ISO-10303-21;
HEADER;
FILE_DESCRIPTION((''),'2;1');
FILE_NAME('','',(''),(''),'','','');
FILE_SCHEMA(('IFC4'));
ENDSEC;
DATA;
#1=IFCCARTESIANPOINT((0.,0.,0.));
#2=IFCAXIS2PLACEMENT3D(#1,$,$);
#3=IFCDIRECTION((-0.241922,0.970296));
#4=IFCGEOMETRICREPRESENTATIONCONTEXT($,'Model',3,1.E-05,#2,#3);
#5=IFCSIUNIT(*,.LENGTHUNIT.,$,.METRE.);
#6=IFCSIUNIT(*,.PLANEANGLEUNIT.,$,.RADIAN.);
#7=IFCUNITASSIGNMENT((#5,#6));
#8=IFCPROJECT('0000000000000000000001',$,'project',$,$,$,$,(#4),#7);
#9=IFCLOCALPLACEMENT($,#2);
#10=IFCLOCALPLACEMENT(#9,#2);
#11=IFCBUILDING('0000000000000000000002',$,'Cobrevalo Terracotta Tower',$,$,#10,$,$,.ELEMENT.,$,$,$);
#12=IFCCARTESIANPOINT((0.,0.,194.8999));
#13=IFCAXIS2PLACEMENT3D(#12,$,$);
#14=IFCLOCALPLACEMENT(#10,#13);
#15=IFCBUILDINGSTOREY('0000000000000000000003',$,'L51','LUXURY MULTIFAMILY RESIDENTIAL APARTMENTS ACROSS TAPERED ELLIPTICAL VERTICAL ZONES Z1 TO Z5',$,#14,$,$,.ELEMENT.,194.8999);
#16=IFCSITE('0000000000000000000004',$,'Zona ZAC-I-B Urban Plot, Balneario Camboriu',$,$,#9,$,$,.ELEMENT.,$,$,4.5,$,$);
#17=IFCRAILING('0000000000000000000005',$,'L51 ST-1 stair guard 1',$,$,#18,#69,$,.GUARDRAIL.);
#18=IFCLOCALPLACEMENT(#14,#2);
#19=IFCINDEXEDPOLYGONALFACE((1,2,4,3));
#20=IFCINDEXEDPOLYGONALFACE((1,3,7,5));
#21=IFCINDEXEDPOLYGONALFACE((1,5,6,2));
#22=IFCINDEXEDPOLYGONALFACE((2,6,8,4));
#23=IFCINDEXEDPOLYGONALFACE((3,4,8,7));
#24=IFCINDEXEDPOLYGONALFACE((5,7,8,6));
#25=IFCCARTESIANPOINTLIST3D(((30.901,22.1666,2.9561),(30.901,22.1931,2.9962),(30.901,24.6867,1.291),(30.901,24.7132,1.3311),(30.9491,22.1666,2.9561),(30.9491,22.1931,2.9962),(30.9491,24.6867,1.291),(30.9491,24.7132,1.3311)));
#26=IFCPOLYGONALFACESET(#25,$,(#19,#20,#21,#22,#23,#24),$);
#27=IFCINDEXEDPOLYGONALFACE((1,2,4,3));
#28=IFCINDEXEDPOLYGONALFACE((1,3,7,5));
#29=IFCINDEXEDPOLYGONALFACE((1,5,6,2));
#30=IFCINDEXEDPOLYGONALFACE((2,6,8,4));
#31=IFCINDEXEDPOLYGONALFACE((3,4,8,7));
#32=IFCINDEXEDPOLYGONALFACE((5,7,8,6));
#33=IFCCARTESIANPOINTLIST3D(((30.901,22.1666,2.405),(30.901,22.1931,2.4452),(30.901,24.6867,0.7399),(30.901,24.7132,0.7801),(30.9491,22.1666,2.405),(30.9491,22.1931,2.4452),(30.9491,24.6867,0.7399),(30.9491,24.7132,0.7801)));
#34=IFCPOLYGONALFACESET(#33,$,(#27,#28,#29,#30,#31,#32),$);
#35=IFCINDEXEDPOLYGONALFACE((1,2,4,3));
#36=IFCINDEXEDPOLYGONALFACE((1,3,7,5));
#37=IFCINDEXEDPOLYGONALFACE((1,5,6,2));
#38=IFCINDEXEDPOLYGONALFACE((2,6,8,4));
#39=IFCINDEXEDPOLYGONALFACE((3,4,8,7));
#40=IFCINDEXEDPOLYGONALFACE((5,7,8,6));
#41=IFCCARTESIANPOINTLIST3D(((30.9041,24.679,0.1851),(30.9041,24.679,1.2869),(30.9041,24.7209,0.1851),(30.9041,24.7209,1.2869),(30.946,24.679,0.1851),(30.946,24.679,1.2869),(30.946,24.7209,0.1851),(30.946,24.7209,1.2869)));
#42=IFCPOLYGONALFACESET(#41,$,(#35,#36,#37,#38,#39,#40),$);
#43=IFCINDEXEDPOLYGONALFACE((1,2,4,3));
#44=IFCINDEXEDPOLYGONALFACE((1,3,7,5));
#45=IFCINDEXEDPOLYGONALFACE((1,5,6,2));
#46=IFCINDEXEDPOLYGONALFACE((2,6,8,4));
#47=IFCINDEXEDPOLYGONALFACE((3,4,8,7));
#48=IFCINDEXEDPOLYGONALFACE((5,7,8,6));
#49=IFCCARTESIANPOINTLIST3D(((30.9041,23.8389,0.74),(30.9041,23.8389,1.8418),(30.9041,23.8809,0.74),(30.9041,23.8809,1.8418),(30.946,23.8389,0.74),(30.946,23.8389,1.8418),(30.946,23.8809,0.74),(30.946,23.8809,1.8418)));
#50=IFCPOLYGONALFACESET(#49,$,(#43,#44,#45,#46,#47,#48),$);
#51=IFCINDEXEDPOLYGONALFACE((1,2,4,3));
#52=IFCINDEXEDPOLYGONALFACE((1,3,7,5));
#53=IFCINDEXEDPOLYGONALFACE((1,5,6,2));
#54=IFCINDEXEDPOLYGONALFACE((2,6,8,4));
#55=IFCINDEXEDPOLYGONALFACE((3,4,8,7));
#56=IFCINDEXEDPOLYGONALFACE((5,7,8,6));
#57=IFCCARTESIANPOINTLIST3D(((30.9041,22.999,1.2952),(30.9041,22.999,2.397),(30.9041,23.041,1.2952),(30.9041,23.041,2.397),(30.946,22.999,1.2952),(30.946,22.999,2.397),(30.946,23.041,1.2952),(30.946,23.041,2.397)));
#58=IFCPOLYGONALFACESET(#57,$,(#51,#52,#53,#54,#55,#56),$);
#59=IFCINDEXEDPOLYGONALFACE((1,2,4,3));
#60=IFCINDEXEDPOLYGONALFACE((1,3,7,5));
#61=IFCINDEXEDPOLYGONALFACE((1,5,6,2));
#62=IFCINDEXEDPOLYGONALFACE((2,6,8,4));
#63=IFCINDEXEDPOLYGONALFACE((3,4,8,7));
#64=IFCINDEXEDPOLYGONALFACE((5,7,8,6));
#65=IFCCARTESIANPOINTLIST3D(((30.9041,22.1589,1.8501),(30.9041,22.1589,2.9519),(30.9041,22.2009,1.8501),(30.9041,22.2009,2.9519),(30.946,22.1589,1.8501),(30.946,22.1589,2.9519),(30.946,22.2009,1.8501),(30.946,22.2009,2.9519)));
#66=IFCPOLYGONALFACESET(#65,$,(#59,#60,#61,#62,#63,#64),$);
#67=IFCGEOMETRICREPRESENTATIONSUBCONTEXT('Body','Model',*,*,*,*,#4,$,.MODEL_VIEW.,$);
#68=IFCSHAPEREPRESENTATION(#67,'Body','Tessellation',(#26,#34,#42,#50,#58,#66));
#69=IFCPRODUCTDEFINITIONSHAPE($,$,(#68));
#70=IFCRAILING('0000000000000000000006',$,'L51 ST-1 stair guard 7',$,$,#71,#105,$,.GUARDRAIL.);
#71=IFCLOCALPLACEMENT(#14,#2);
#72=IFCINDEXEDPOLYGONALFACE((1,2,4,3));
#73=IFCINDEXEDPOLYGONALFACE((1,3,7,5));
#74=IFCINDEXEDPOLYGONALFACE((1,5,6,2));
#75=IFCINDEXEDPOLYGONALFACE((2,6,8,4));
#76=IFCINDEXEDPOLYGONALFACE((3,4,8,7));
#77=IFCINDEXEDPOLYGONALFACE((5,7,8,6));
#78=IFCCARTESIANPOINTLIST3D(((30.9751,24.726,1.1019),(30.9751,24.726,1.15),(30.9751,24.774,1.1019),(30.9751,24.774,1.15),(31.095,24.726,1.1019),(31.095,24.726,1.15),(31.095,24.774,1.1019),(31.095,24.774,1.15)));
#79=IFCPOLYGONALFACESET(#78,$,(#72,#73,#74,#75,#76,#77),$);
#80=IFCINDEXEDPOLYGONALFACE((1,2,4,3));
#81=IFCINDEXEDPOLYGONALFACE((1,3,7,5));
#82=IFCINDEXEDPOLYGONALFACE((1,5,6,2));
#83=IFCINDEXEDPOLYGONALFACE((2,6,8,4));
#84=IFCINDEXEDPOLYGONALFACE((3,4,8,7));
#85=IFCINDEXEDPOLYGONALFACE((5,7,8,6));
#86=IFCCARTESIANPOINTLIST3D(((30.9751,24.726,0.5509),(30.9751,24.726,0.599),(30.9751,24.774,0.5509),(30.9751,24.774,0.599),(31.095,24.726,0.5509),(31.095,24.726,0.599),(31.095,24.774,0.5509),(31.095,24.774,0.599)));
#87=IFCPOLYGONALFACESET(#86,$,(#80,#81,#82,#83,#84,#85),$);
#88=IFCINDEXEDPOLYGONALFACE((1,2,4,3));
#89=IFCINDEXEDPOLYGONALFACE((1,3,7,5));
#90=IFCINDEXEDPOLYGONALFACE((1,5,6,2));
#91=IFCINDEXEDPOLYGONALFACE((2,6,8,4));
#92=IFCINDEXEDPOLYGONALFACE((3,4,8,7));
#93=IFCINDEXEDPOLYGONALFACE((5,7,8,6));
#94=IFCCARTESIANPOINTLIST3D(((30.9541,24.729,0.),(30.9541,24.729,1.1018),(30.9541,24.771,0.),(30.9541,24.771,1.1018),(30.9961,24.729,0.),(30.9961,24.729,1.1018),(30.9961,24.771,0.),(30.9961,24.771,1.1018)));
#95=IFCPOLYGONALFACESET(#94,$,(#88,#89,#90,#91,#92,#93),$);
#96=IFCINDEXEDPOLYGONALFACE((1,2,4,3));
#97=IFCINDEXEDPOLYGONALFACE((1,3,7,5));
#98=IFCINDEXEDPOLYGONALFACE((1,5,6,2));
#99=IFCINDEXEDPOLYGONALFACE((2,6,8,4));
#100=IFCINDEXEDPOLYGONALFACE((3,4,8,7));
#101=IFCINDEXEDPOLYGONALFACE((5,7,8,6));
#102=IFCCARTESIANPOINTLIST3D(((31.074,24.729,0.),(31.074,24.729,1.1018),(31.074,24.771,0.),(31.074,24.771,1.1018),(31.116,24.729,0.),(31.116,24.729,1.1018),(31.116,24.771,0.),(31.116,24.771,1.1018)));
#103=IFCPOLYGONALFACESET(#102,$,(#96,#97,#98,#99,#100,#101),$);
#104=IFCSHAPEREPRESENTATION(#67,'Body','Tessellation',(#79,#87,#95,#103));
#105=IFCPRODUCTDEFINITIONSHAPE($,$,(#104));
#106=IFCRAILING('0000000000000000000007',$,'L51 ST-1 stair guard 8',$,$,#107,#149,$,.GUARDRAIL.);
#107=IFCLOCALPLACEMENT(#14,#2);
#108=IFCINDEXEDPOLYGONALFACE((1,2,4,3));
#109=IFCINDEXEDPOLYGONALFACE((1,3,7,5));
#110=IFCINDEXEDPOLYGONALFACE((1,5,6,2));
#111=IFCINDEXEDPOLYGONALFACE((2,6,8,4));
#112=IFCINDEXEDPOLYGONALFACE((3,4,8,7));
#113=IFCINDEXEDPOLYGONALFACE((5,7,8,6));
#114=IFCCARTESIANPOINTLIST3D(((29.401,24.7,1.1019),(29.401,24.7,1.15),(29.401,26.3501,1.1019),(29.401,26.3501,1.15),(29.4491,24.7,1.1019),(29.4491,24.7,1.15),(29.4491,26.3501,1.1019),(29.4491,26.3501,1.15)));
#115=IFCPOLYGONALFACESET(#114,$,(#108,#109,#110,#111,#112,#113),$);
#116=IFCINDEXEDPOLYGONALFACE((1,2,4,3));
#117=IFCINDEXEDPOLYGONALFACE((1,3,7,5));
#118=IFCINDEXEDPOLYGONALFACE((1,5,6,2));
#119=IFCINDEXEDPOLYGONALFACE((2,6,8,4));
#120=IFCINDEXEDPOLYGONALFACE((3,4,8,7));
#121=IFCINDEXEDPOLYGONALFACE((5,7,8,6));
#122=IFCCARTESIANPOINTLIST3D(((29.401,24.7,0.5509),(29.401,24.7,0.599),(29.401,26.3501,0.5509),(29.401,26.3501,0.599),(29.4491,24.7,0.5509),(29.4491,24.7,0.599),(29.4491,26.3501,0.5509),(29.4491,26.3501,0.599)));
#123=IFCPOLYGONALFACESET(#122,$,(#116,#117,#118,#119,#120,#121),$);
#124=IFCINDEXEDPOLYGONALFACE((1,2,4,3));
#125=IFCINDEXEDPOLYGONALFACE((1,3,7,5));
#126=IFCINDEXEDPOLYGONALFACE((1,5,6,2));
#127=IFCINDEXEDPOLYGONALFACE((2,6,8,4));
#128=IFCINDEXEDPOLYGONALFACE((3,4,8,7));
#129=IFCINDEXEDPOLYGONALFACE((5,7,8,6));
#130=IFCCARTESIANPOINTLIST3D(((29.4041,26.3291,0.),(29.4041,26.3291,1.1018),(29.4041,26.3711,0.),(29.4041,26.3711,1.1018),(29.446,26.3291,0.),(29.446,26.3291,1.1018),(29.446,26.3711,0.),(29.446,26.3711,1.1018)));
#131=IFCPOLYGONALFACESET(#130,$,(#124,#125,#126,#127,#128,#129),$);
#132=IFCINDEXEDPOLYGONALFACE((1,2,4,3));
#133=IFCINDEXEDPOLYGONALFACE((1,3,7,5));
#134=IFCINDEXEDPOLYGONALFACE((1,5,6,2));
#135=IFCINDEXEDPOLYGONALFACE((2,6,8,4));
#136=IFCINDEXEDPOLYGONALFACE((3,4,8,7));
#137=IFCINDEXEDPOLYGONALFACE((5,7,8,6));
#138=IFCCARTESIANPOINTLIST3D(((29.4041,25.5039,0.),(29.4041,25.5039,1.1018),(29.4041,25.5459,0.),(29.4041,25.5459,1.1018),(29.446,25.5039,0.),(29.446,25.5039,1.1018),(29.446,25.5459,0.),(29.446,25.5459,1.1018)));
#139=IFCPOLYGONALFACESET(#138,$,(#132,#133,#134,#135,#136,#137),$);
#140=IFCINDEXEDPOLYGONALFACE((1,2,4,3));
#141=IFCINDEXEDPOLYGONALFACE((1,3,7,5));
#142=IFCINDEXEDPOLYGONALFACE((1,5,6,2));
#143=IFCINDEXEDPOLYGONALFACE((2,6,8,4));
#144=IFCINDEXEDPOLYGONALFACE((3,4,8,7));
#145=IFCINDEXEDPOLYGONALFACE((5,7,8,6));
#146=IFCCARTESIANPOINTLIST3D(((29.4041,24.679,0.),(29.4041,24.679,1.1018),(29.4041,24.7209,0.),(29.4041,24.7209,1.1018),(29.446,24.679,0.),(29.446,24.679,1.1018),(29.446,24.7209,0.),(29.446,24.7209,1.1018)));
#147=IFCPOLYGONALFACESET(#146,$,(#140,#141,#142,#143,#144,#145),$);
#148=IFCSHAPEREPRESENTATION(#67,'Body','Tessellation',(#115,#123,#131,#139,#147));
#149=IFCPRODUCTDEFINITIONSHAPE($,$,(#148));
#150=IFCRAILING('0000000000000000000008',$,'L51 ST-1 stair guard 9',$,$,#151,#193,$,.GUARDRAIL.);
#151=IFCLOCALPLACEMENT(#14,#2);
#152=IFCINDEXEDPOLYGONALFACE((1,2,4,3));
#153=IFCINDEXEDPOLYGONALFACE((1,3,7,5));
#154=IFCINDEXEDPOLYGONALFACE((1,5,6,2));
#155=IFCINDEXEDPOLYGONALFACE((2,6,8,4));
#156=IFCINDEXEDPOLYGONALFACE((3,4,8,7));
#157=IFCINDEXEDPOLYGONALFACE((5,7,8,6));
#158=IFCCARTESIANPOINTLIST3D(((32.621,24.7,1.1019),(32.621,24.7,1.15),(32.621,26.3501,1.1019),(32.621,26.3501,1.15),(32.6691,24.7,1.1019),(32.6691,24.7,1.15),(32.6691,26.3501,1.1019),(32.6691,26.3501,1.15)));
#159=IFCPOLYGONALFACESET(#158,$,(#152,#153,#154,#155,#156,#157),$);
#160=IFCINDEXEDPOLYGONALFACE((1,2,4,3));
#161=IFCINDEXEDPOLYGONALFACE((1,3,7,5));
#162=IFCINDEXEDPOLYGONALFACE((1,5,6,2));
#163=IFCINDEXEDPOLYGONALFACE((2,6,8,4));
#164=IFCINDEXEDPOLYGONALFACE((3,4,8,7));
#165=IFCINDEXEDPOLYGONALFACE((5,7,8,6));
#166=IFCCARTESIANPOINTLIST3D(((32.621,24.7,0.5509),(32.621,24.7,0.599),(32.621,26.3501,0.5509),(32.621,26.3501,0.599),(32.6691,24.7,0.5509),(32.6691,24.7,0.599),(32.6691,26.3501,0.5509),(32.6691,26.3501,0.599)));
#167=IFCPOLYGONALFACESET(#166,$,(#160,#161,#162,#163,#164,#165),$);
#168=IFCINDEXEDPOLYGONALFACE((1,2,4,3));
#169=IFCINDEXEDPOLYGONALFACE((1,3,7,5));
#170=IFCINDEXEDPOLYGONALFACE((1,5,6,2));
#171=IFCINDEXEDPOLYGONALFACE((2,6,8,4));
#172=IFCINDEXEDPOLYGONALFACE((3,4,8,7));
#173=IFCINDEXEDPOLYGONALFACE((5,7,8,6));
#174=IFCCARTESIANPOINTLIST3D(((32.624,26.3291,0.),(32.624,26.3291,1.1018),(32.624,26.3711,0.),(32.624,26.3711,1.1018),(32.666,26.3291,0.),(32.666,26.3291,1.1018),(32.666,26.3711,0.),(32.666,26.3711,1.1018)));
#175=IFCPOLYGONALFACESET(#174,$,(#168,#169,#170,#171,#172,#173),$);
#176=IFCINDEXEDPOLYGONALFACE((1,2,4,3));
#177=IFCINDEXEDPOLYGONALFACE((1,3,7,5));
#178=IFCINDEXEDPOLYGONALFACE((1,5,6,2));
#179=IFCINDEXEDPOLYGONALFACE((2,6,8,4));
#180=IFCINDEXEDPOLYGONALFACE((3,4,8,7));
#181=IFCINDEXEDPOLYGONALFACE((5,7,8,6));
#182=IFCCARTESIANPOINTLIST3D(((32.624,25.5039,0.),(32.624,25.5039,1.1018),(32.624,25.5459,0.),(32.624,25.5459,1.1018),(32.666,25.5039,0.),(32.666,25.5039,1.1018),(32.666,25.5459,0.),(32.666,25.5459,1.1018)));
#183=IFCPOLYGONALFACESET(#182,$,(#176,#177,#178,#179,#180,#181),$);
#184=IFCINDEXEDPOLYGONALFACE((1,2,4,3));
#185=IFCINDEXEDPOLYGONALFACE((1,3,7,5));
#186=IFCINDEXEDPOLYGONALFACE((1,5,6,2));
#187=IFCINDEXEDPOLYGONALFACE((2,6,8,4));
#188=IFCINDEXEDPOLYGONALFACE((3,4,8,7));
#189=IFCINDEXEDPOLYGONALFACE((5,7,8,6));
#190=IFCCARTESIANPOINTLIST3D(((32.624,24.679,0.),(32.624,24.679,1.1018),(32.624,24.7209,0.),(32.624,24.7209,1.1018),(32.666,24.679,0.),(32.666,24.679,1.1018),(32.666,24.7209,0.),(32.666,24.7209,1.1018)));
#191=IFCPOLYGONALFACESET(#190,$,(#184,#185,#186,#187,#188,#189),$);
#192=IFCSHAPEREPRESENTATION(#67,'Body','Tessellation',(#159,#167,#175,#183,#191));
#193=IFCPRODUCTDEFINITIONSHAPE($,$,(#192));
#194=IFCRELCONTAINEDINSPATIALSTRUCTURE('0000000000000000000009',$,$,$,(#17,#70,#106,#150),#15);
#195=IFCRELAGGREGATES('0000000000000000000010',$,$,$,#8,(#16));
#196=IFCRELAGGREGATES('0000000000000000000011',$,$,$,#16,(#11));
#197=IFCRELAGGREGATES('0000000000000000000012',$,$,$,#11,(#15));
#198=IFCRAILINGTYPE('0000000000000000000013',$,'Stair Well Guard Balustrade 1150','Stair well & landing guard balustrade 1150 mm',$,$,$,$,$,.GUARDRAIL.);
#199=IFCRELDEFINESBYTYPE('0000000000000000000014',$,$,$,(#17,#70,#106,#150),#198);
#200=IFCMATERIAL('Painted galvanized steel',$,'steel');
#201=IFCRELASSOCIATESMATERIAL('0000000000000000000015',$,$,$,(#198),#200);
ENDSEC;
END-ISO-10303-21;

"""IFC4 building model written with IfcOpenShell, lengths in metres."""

from ifc_helpers import new_model, si_unit, direction, frame, origin, origin_2d, place, context, subcontext, project, spatial, rectangle, extrude, material, type_object, element, save


model = new_model("IFC4")

# Units and contexts
model_context = context("Model", 3, precision=1e-05, world=origin(), true_north=direction((-0.241922, 0.970296)))
body_context = subcontext(model_context, "Body", "Model", "MODEL_VIEW")
ifc_project = project(units=[si_unit("LENGTHUNIT", "METRE"), si_unit("PLANEANGLEUNIT", "RADIAN")], contexts=[model_context])

# Site, building, storey
site_placement = place(None, origin())
site = spatial("IfcSite", under=ifc_project, at=site_placement, Name="Zona ZAC-I-B Urban Plot, Balneario Camboriu", CompositionType="ELEMENT", RefElevation=4.5)
building_placement = place(site_placement, origin())
building = spatial("IfcBuilding", under=site, at=building_placement, Name="Cobrevalo Terracotta Tower", CompositionType="ELEMENT")
storey_placement = place(building_placement, frame((0.0, 0.0, 194.8999)))
storey = spatial("IfcBuildingStorey", under=building, at=storey_placement, Name="L51", Description="LUXURY MULTIFAMILY RESIDENTIAL APARTMENTS ACROSS TAPERED ELLIPTICAL VERTICAL ZONES Z1 TO Z5", CompositionType="ELEMENT", Elevation=194.8999)

# Railings
ifc_material_1 = material(Name="Painted galvanized steel", Category="steel")
railing_type_1 = type_object("IfcRailingType", Name="Stair Well Guard Balustrade 1150", Description="Stair well & landing guard balustrade 1150 mm", PredefinedType="GUARDRAIL", material=ifc_material_1)
railing_1_placement = place(storey_placement, frame((30.925, 24.7, 0.1851)))
element("IfcRailing", 1, at=railing_1_placement, inside=storey, type_object=railing_type_1, Name="L51 ST-1 stair guard 1", PredefinedType="GUARDRAIL", context=body_context, shape_type="SweptSolid", body=[
    extrude(rectangle(XDim=0.0481, YDim=0.0481, at=origin_2d()), frame((0.0, 0.0, 1.126), z_axis=(0.0, -0.834331, 0.551263), x_axis=(1.0, 0.0, 0.0)), (0.0, 0.0, 1.0), 3.0205),
    extrude(rectangle(XDim=0.0481, YDim=0.0481, at=origin_2d()), frame((0.0, 0.0, 0.575), z_axis=(0.0, -0.834331, 0.551263), x_axis=(1.0, 0.0, 0.0)), (0.0, 0.0, 1.0), 3.0205),
    extrude(rectangle(XDim=0.042, YDim=0.042, at=origin_2d()), origin(), (0.0, 0.0, 1.0), 1.1018),
    extrude(rectangle(XDim=0.042, YDim=0.042, at=origin_2d()), frame((0.0, -0.8401, 0.5549)), (0.0, 0.0, 1.0), 1.1018),
    extrude(rectangle(XDim=0.042, YDim=0.042, at=origin_2d()), frame((0.0, -1.6799, 1.1101)), (0.0, 0.0, 1.0), 1.1018),
    extrude(rectangle(XDim=0.042, YDim=0.042, at=origin_2d()), frame((0.0, -2.52, 1.665)), (0.0, 0.0, 1.0), 1.1018),
])
railing_2_placement = place(storey_placement, frame((30.9751, 24.75, 0.0)))
element("IfcRailing", 2, at=railing_2_placement, inside=storey, type_object=railing_type_1, Name="L51 ST-1 stair guard 7", PredefinedType="GUARDRAIL", context=body_context, shape_type="SweptSolid", body=[
    extrude(rectangle(XDim=0.0481, YDim=0.0481, at=origin_2d()), frame((0.0, 0.0, 1.126), z_axis=(1.0, 0.0, 0.0), x_axis=(0.0, 1.0, 0.0)), (0.0, 0.0, 1.0), 0.1199),
    extrude(rectangle(XDim=0.0481, YDim=0.0481, at=origin_2d()), frame((0.0, 0.0, 0.575), z_axis=(1.0, 0.0, 0.0), x_axis=(0.0, 1.0, 0.0)), (0.0, 0.0, 1.0), 0.1199),
    extrude(rectangle(XDim=0.042, YDim=0.042, at=origin_2d()), origin(), (0.0, 0.0, 1.0), 1.1018),
    extrude(rectangle(XDim=0.042, YDim=0.042, at=origin_2d()), frame((0.1199, 0.0, 0.0)), (0.0, 0.0, 1.0), 1.1018),
])
for number, where, name in (
    (3, (29.425, 26.3501, 0.0), "L51 ST-1 stair guard 8"),
    (4, (32.645, 26.3501, 0.0), "L51 ST-1 stair guard 9"),
):
    element("IfcRailing", number, at=place(storey_placement, frame(where)), inside=storey, type_object=railing_type_1, Name=name, PredefinedType="GUARDRAIL", context=body_context, shape_type="SweptSolid", body=[
        extrude(rectangle(XDim=0.0481, YDim=0.0481, at=origin_2d()), frame((0.0, 0.0, 1.126), z_axis=(0.0, -1.0, 0.0), x_axis=(1.0, 0.0, 0.0)), (0.0, 0.0, 1.0), 1.6501),
        extrude(rectangle(XDim=0.0481, YDim=0.0481, at=origin_2d()), frame((0.0, 0.0, 0.575), z_axis=(0.0, -1.0, 0.0), x_axis=(1.0, 0.0, 0.0)), (0.0, 0.0, 1.0), 1.6501),
        extrude(rectangle(XDim=0.042, YDim=0.042, at=origin_2d()), origin(), (0.0, 0.0, 1.0), 1.1018),
        extrude(rectangle(XDim=0.042, YDim=0.042, at=origin_2d()), frame((0.0, -0.8252, 0.0)), (0.0, 0.0, 1.0), 1.1018),
        extrude(rectangle(XDim=0.042, YDim=0.042, at=origin_2d()), frame((0.0, -1.6501, 0.0)), (0.0, 0.0, 1.0), 1.1018),
    ])

save(model, "model.ifc")
